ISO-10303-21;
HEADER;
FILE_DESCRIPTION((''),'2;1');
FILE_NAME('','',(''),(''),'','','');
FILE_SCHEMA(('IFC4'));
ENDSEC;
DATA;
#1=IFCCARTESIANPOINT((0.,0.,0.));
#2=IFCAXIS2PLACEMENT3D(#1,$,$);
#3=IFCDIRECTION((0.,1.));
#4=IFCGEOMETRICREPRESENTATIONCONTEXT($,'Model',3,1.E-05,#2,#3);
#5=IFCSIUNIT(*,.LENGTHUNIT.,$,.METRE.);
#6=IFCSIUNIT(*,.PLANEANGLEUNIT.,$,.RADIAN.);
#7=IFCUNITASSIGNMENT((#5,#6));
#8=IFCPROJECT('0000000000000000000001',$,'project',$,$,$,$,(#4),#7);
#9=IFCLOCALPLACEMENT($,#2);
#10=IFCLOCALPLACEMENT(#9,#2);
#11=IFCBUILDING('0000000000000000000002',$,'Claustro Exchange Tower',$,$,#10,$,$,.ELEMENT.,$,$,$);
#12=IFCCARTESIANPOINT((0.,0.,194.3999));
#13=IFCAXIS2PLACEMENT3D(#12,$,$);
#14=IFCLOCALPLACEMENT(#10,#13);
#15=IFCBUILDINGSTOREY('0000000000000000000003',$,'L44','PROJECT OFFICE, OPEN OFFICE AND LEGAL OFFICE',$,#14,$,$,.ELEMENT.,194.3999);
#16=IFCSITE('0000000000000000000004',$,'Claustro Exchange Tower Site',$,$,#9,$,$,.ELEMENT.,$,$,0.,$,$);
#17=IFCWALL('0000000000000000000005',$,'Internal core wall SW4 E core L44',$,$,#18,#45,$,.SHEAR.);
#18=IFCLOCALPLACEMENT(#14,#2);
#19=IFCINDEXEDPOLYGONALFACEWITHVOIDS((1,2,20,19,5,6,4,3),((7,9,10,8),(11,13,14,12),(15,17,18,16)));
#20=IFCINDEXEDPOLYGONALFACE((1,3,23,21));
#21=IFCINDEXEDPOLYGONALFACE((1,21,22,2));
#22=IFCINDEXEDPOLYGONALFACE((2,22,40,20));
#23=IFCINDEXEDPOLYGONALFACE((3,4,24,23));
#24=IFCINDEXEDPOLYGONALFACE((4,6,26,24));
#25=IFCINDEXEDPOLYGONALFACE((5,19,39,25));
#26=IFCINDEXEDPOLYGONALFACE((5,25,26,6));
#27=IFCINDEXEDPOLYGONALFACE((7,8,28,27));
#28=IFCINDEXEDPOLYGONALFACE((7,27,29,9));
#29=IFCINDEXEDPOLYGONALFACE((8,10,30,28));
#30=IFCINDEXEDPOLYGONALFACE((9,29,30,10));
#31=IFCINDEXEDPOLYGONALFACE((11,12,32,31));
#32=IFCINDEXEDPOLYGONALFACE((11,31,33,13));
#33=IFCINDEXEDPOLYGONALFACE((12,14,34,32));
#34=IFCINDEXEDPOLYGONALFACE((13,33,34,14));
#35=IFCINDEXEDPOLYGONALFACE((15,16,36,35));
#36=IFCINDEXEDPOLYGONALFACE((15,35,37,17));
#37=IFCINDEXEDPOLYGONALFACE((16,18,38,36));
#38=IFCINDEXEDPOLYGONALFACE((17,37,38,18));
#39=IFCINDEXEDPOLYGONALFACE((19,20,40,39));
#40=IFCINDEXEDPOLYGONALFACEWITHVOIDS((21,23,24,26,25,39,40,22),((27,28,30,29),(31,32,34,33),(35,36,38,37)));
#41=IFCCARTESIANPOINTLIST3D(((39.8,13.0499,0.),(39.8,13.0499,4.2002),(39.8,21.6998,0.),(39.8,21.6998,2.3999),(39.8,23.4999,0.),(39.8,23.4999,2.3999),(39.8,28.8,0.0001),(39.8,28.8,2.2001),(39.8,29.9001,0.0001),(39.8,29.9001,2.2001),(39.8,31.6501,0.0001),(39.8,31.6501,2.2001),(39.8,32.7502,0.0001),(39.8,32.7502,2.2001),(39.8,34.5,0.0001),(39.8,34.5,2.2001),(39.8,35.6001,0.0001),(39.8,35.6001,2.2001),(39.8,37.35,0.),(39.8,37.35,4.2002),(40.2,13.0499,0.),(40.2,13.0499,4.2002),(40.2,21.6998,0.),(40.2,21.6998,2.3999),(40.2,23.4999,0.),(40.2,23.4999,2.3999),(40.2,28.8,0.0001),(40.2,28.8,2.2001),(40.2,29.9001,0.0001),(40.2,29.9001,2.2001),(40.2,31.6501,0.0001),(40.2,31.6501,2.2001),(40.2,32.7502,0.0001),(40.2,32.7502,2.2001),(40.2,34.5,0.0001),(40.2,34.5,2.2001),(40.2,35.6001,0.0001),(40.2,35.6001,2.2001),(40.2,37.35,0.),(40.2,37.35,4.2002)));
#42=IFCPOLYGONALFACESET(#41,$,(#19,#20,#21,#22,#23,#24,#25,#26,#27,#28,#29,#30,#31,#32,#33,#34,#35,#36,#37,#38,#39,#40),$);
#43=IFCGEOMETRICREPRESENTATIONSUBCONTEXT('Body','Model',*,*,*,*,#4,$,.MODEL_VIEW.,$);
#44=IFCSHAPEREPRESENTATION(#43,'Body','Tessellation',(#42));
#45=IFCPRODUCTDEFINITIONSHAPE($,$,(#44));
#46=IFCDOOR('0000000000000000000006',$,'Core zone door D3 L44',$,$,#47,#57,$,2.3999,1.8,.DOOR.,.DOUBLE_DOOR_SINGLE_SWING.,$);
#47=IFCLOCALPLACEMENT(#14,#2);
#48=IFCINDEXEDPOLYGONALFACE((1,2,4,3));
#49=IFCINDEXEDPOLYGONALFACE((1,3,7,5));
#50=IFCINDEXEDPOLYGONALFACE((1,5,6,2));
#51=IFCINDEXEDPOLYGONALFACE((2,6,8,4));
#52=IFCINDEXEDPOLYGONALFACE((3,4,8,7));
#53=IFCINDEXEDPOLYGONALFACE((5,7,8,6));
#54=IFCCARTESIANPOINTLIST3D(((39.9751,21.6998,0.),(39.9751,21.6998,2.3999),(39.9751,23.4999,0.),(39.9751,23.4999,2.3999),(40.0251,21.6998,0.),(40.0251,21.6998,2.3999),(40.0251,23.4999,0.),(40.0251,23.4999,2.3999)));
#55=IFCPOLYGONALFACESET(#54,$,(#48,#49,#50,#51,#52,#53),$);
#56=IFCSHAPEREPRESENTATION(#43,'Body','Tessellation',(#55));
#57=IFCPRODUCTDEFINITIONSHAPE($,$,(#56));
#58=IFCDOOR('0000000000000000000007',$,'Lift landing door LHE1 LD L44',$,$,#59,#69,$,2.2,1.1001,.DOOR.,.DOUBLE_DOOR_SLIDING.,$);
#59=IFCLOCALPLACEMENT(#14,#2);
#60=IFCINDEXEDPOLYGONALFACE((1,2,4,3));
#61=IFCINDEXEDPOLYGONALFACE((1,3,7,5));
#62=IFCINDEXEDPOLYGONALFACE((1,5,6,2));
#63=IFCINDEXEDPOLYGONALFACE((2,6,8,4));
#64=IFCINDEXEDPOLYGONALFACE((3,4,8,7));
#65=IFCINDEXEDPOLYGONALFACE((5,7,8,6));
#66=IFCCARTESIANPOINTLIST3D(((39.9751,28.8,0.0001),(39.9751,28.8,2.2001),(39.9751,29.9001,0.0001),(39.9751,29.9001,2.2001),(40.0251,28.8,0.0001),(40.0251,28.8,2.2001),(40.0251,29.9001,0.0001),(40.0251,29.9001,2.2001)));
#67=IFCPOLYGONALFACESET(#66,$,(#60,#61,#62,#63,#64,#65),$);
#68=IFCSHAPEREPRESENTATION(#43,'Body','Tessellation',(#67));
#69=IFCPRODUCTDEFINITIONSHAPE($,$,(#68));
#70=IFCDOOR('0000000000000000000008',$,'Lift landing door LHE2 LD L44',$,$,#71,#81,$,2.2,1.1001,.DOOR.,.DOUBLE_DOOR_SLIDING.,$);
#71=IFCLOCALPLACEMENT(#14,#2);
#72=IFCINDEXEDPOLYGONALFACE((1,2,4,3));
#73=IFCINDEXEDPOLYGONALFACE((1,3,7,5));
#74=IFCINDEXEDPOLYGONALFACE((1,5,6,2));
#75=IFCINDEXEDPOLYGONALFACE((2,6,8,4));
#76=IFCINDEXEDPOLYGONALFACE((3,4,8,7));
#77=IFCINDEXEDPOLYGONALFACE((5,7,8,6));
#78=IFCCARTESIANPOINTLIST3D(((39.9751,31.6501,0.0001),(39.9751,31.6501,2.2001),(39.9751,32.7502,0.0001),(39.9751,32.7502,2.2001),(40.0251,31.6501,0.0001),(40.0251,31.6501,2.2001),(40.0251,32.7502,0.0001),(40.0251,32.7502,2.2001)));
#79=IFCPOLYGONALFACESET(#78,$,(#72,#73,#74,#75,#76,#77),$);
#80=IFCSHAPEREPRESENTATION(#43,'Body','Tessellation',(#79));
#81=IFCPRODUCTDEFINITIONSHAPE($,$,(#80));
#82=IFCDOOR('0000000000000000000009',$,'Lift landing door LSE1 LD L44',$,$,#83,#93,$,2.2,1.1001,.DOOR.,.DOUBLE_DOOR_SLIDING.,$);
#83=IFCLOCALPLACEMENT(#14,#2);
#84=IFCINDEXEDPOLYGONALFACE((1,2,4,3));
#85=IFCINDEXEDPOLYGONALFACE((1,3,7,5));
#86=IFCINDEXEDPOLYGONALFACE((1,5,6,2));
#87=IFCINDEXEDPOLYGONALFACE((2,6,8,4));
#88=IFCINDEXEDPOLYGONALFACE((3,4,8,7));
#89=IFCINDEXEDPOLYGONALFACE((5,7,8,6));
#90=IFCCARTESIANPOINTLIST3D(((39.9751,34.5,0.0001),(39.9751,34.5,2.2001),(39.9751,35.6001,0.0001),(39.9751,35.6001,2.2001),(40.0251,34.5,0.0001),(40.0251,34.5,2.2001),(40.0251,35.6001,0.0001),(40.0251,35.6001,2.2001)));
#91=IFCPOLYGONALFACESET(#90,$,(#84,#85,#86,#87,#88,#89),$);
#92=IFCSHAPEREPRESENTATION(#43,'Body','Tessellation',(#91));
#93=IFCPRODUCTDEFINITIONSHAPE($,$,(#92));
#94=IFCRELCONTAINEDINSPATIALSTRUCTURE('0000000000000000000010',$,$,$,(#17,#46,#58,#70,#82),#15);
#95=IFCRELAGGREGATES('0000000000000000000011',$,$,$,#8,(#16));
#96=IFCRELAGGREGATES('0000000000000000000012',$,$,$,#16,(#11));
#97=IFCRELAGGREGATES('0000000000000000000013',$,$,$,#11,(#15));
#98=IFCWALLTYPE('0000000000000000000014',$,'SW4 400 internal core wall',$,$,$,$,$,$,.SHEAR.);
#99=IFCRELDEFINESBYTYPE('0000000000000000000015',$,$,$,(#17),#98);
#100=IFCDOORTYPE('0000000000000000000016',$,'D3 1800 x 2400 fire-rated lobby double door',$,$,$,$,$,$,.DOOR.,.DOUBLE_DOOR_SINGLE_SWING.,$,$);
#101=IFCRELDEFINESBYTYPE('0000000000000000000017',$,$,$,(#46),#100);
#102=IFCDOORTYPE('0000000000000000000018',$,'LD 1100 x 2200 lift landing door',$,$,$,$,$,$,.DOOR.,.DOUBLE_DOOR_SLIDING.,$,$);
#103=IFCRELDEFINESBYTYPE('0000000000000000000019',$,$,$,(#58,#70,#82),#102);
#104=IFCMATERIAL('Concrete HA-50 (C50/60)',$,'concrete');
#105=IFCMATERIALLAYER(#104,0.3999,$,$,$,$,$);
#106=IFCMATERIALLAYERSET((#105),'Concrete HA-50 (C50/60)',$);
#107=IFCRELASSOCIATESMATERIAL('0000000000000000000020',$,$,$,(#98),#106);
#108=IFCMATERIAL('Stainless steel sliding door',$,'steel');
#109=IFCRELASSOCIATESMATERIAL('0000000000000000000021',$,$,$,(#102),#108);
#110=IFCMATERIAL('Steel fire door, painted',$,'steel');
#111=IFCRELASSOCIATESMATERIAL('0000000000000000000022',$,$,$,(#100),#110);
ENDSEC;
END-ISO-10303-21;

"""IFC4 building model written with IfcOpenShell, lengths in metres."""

from ifc_helpers import new_model, si_unit, direction, frame, frame_2d, origin, place, context, subcontext, project, spatial, rectangle, extrude, material, layer, layer_set, type_object, element, fill, save


model = new_model("IFC4")

# Units and contexts
model_context = context("Model", 3, precision=1e-05, world=origin(), true_north=direction((0.0, 1.0)))
body_context = subcontext(model_context, "Body", "Model", "MODEL_VIEW")
ifc_project = project(units=[si_unit("LENGTHUNIT", "METRE"), si_unit("PLANEANGLEUNIT", "RADIAN")], contexts=[model_context])

# Site, building, storey
site_placement = place(None, origin())
site = spatial("IfcSite", under=ifc_project, at=site_placement, Name="Claustro Exchange Tower Site", CompositionType="ELEMENT", RefElevation=0.0)
building_placement = place(site_placement, origin())
building = spatial("IfcBuilding", under=site, at=building_placement, Name="Claustro Exchange Tower", CompositionType="ELEMENT")
storey_placement = place(building_placement, frame((0.0, 0.0, 194.3999)))
storey = spatial("IfcBuildingStorey", under=building, at=storey_placement, Name="L44", Description="PROJECT OFFICE, OPEN OFFICE AND LEGAL OFFICE", CompositionType="ELEMENT", Elevation=194.3999)

# Wall, openings, doors
ifc_material_1 = material(Name="Concrete HA-50 (C50/60)", Category="concrete")
ifc_layer_1 = layer(ifc_material_1, 0.3999)
ifc_layer_set_1 = layer_set([ifc_layer_1], Name="Concrete HA-50 (C50/60)")
wall_type_1 = type_object("IfcWallType", Name="SW4 400 internal core wall", PredefinedType="SHEAR", material=ifc_layer_set_1)
ifc_material_2 = material(Name="Stainless steel sliding door", Category="steel")
door_type_1 = type_object("IfcDoorType", Name="LD 1100 x 2200 lift landing door", OperationType="DOUBLE_DOOR_SLIDING", PredefinedType="DOOR", material=ifc_material_2)
wall_1_placement = place(storey_placement, frame((40.0, 13.05, 0.0), z_axis=(0.0, 0.0, 1.0), x_axis=(0.0, 1.0, 0.0)))
wall_1 = element("IfcWall", 1, at=wall_1_placement, inside=storey, type_object=wall_type_1, Name="Internal core wall SW4 E core L44", PredefinedType="SHEAR", context=body_context, shape_type="SweptSolid", body=[
    extrude(rectangle(XDim=24.3, YDim=0.3999, at=frame_2d((12.1499, 0.0))), origin(), (0.0, 0.0, 1.0), 4.2002),
])
opening_1_placement = place(wall_1_placement, frame((15.75, 0.0, 0.0)))
opening_1 = element("IfcOpeningElement", 2, at=opening_1_placement, cuts=wall_1, PredefinedType="OPENING", context=body_context, shape_type="SweptSolid", body=[
    extrude(rectangle(XDim=1.1001, YDim=2.2, at=frame_2d((0.55, 1.1001))), frame((0.0, 0.21, 0.0), z_axis=(0.0, -1.0, 0.0), x_axis=(1.0, 0.0, 0.0)), (0.0, 0.0, 1.0), 0.4199),
])
opening_2_placement = place(wall_1_placement, frame((18.6001, 0.0, 0.0)))
opening_2 = element("IfcOpeningElement", 3, at=opening_2_placement, cuts=wall_1, PredefinedType="OPENING", context=body_context, shape_type="SweptSolid", body=[
    extrude(rectangle(XDim=1.1001, YDim=2.2, at=frame_2d((0.55, 1.1001))), frame((0.0, 0.21, 0.0), z_axis=(0.0, -1.0, 0.0), x_axis=(1.0, 0.0, 0.0)), (0.0, 0.0, 1.0), 0.4199),
])
opening_3_placement = place(wall_1_placement, frame((21.45, 0.0, 0.0)))
opening_3 = element("IfcOpeningElement", 4, at=opening_3_placement, cuts=wall_1, PredefinedType="OPENING", context=body_context, shape_type="SweptSolid", body=[
    extrude(rectangle(XDim=1.1001, YDim=2.2, at=frame_2d((0.55, 1.1001))), frame((0.0, 0.21, 0.0), z_axis=(0.0, -1.0, 0.0), x_axis=(1.0, 0.0, 0.0)), (0.0, 0.0, 1.0), 0.4199),
])
opening_4_placement = place(wall_1_placement, frame((8.6499, 0.0, 0.0)))
opening_4 = element("IfcOpeningElement", 5, at=opening_4_placement, cuts=wall_1, PredefinedType="OPENING", context=body_context, shape_type="SweptSolid", body=[
    extrude(rectangle(XDim=1.8, YDim=2.3999, at=frame_2d((0.8999, 1.2))), frame((0.0, 0.21, 0.0), z_axis=(0.0, -1.0, 0.0), x_axis=(1.0, 0.0, 0.0)), (0.0, 0.0, 1.0), 0.4199),
])
ifc_material_3 = material(Name="Steel fire door, painted", Category="steel")
door_type_2 = type_object("IfcDoorType", Name="D3 1800 x 2400 fire-rated lobby double door", OperationType="DOUBLE_DOOR_SINGLE_SWING", PredefinedType="DOOR", material=ifc_material_3)
door_1_placement = place(opening_4_placement, origin())
door_1 = element("IfcDoor", 6, at=door_1_placement, inside=storey, type_object=door_type_2, Name="Core zone door D3 L44", OperationType="DOUBLE_DOOR_SINGLE_SWING", OverallHeight=2.3999, OverallWidth=1.8, PredefinedType="DOOR", context=body_context, shape_type="SweptSolid", body=[
    extrude(rectangle(XDim=1.8, YDim=2.3999, at=frame_2d((0.8999, 1.2))), frame((0.0, 0.0249, 0.0), z_axis=(0.0, -1.0, 0.0), x_axis=(1.0, 0.0, 0.0)), (0.0, 0.0, 1.0), 0.05),
])
fill(opening_4, door_1)
door_2_placement = place(opening_1_placement, origin())
door_2 = element("IfcDoor", 7, at=door_2_placement, inside=storey, type_object=door_type_1, Name="Lift landing door LHE1 LD L44", OperationType="DOUBLE_DOOR_SLIDING", OverallHeight=2.2, OverallWidth=1.1001, PredefinedType="DOOR", context=body_context, shape_type="SweptSolid", body=[
    extrude(rectangle(XDim=1.1001, YDim=2.2, at=frame_2d((0.55, 1.1001))), frame((0.0, 0.0249, 0.0), z_axis=(0.0, -1.0, 0.0), x_axis=(1.0, 0.0, 0.0)), (0.0, 0.0, 1.0), 0.05),
])
fill(opening_1, door_2)
door_3_placement = place(opening_2_placement, origin())
door_3 = element("IfcDoor", 8, at=door_3_placement, inside=storey, type_object=door_type_1, Name="Lift landing door LHE2 LD L44", OperationType="DOUBLE_DOOR_SLIDING", OverallHeight=2.2, OverallWidth=1.1001, PredefinedType="DOOR", context=body_context, shape_type="SweptSolid", body=[
    extrude(rectangle(XDim=1.1001, YDim=2.2, at=frame_2d((0.55, 1.1001))), frame((0.0, 0.0249, 0.0), z_axis=(0.0, -1.0, 0.0), x_axis=(1.0, 0.0, 0.0)), (0.0, 0.0, 1.0), 0.05),
])
fill(opening_2, door_3)
door_4_placement = place(opening_3_placement, origin())
door_4 = element("IfcDoor", 9, at=door_4_placement, inside=storey, type_object=door_type_1, Name="Lift landing door LSE1 LD L44", OperationType="DOUBLE_DOOR_SLIDING", OverallHeight=2.2, OverallWidth=1.1001, PredefinedType="DOOR", context=body_context, shape_type="SweptSolid", body=[
    extrude(rectangle(XDim=1.1001, YDim=2.2, at=frame_2d((0.55, 1.1001))), frame((0.0, 0.0249, 0.0), z_axis=(0.0, -1.0, 0.0), x_axis=(1.0, 0.0, 0.0)), (0.0, 0.0, 1.0), 0.05),
])
fill(opening_3, door_4)

save(model, "model.ifc")
